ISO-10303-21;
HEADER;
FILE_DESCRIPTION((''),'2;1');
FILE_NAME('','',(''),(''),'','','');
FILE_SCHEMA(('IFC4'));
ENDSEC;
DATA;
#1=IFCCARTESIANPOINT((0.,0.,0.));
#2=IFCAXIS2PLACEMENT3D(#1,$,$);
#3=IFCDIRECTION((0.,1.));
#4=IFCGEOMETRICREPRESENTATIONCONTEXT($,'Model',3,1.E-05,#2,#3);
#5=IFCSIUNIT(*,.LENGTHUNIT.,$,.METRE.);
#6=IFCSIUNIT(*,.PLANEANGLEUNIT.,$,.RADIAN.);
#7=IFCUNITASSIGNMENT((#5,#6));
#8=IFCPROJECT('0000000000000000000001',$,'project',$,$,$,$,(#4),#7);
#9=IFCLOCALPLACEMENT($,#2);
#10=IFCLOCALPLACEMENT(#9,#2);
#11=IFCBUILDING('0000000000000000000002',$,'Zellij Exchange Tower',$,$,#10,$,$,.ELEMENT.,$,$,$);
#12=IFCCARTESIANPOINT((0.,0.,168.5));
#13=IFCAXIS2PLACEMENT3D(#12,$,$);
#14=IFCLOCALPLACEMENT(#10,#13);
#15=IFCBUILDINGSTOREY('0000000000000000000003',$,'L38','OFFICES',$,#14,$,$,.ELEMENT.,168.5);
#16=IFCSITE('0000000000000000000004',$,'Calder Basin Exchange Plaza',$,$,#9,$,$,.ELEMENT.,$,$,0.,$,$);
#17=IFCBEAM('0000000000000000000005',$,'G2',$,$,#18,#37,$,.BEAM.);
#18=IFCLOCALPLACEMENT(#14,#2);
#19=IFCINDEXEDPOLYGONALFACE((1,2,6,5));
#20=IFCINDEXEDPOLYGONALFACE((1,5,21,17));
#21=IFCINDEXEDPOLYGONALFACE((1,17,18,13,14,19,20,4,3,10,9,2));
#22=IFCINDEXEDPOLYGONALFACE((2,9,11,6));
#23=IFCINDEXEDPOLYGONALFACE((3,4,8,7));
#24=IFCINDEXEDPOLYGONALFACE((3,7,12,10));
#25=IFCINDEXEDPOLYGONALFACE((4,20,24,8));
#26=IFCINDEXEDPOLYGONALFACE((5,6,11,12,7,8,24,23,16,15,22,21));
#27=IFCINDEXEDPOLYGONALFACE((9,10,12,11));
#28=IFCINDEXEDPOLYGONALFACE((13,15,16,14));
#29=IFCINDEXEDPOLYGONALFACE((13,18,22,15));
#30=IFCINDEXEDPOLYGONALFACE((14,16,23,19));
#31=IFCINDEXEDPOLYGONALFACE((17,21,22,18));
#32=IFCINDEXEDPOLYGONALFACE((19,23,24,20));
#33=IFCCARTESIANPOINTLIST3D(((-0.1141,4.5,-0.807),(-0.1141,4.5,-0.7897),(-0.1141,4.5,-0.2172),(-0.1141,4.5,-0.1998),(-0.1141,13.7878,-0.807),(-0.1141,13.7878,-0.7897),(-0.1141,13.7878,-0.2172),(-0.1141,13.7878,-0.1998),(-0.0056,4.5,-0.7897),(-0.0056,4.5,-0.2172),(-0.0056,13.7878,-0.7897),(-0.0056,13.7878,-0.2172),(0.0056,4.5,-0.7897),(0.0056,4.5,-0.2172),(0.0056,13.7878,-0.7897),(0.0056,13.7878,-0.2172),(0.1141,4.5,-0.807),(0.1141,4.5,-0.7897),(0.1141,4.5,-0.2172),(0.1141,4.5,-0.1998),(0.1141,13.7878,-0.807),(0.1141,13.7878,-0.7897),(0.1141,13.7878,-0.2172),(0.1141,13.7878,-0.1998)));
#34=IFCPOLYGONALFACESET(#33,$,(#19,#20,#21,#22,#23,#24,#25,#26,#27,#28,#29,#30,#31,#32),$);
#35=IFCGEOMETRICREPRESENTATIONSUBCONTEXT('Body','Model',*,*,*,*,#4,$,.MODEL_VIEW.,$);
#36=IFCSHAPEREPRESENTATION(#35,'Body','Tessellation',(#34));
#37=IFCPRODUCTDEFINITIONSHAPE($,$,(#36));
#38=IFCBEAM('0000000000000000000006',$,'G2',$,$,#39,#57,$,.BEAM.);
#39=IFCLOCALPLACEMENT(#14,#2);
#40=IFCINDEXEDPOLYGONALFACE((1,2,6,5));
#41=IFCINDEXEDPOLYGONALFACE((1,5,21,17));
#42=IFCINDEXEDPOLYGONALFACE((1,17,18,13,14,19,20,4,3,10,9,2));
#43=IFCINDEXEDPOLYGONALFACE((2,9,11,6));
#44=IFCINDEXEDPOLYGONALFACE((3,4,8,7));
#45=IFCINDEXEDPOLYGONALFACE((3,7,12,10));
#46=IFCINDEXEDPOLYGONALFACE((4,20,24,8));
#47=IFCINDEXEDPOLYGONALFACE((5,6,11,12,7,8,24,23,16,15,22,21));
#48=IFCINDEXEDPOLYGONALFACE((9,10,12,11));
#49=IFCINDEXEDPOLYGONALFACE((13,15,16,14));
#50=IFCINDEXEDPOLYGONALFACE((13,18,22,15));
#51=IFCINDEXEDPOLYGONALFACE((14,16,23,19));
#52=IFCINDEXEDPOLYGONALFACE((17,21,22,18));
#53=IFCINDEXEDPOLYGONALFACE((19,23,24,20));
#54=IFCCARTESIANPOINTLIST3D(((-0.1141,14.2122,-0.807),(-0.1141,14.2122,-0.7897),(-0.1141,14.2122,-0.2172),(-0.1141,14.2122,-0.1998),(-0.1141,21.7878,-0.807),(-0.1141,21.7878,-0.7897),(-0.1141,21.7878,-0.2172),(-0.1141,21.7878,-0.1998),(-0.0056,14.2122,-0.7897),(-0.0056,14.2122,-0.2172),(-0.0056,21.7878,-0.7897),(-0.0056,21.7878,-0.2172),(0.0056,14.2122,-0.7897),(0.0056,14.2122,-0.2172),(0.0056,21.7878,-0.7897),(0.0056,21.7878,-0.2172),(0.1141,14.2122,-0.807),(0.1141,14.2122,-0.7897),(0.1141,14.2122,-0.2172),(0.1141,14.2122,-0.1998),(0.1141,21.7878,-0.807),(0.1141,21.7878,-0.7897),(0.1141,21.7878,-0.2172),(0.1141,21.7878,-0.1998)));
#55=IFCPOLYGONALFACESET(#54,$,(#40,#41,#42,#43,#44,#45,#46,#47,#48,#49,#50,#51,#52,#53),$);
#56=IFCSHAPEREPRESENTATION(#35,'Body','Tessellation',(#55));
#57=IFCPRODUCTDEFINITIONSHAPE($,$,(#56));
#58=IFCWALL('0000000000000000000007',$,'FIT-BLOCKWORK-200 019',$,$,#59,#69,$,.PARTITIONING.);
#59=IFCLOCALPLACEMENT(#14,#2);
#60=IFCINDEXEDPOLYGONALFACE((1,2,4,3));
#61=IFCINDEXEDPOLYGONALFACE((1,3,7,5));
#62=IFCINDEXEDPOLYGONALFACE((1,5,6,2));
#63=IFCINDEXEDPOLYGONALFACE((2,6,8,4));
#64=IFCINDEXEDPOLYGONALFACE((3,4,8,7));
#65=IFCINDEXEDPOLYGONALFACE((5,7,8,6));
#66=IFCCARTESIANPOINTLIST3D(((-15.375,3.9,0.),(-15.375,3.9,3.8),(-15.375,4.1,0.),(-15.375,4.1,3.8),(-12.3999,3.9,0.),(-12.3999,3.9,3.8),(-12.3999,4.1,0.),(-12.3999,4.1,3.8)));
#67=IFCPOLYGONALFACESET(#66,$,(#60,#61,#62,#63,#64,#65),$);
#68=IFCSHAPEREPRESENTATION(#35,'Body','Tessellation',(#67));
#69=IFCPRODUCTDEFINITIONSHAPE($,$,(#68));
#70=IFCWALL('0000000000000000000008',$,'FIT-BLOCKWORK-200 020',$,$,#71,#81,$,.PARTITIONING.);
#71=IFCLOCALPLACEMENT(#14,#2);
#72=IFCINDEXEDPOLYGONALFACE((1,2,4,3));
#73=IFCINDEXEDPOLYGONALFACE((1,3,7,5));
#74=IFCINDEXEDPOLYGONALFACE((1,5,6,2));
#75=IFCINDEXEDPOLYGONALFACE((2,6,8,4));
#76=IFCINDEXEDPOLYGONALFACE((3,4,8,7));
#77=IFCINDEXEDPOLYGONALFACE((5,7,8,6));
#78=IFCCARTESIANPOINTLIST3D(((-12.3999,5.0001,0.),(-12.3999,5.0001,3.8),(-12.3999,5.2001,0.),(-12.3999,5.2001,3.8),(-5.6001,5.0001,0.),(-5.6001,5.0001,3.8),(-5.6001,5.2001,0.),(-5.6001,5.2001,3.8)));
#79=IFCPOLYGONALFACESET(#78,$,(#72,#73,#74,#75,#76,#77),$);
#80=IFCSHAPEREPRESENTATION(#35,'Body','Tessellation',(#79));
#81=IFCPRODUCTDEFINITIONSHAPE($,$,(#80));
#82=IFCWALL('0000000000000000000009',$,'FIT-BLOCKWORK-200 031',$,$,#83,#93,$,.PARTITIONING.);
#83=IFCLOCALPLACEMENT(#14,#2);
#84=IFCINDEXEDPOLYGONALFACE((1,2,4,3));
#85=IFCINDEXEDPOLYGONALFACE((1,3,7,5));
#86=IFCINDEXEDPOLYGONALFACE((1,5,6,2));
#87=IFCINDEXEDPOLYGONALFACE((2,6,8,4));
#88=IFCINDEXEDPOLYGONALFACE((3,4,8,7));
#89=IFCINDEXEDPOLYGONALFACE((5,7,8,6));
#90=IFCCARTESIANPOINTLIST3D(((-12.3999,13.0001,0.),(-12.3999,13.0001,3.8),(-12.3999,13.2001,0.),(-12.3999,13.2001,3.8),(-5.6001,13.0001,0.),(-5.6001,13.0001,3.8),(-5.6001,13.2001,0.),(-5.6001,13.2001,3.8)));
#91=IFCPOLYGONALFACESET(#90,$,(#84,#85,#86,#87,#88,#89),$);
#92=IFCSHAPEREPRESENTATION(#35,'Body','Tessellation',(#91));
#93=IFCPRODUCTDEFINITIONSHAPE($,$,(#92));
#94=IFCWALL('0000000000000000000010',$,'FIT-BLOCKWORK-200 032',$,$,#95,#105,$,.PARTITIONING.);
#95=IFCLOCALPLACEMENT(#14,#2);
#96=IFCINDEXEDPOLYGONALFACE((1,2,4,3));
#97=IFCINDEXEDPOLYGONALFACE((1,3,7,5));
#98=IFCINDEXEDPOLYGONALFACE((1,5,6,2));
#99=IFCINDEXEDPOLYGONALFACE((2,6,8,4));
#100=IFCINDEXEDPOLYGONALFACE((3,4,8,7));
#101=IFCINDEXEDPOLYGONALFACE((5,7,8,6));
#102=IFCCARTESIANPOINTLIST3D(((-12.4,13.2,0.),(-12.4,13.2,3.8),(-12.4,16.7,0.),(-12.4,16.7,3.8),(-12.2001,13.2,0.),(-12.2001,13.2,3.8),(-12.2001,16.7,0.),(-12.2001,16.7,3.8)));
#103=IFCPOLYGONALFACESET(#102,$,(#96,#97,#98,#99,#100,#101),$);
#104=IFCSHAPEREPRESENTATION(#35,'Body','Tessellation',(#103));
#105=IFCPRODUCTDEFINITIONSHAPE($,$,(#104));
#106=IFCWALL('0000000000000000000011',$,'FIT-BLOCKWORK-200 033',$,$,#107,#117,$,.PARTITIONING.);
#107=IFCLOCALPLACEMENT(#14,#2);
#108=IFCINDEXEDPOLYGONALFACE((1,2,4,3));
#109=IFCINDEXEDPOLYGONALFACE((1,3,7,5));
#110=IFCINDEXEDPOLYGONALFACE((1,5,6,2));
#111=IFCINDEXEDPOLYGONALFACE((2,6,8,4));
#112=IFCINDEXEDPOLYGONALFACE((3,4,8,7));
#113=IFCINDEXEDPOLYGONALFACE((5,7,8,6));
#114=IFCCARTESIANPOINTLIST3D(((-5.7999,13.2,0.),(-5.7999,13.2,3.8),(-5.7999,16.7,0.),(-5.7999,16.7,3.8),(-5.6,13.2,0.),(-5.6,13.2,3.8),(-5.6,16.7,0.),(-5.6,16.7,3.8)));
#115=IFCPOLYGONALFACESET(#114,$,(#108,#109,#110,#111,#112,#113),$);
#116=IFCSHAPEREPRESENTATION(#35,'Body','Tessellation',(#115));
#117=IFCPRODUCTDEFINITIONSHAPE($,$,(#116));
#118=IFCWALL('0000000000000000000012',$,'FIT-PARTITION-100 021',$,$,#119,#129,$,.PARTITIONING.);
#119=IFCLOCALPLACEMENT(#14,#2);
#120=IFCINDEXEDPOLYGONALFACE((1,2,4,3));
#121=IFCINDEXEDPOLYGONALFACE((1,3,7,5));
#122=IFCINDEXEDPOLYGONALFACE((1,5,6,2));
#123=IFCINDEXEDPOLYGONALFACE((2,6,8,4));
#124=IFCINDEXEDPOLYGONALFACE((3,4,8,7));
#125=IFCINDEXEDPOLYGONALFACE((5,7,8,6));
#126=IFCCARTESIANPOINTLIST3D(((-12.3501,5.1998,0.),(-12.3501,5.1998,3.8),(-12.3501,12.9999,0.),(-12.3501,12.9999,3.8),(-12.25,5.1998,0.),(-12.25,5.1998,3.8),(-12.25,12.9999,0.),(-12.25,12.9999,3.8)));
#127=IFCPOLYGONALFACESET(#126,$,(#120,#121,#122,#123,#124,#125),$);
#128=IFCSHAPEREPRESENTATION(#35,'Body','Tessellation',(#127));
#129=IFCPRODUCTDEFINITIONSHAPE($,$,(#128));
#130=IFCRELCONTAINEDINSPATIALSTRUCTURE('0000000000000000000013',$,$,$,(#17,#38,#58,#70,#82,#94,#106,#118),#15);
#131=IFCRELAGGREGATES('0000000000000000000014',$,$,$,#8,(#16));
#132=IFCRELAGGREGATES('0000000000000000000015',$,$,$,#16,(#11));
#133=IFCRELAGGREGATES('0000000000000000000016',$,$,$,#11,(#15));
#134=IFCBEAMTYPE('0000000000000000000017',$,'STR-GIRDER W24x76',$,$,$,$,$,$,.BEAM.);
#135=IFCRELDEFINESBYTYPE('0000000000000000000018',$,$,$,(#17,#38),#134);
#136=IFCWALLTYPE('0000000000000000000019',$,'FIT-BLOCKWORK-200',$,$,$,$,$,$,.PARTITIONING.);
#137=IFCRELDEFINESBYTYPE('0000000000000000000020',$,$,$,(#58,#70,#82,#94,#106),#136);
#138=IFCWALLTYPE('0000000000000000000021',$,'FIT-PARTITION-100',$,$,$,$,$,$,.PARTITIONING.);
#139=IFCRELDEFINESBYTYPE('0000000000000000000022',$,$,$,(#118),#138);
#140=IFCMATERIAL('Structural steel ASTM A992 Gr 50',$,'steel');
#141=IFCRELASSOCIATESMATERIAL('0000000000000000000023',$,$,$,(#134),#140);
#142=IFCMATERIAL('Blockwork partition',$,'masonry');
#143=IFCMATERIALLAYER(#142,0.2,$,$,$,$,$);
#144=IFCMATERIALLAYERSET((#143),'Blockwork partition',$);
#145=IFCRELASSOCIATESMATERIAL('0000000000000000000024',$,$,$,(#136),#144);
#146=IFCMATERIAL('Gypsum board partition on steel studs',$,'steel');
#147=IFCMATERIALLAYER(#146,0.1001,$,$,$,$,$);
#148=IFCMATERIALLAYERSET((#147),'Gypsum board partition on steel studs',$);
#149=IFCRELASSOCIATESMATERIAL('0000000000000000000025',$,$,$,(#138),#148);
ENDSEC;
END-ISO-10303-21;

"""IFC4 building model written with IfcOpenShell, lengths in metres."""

from ifc_helpers import new_model, si_unit, direction, frame, frame_2d, origin, origin_2d, place, context, subcontext, project, spatial, rectangle, i_section, extrude, material, layer, layer_set, material_profile, profile_set, type_object, element, save


model = new_model("IFC4")

# Units and contexts
model_context = context("Model", 3, precision=1e-05, world=origin(), true_north=direction((0.0, 1.0)))
body_context = subcontext(model_context, "Body", "Model", "MODEL_VIEW")
ifc_project = project(units=[si_unit("LENGTHUNIT", "METRE"), si_unit("PLANEANGLEUNIT", "RADIAN")], contexts=[model_context])

# Site, building, storey
site_placement = place(None, origin())
site = spatial("IfcSite", under=ifc_project, at=site_placement, Name="Calder Basin Exchange Plaza", CompositionType="ELEMENT", RefElevation=0.0)
building_placement = place(site_placement, origin())
building = spatial("IfcBuilding", under=site, at=building_placement, Name="Zellij Exchange Tower", CompositionType="ELEMENT")
storey_placement = place(building_placement, frame((0.0, 0.0, 168.5)))
storey = spatial("IfcBuildingStorey", under=building, at=storey_placement, Name="L38", Description="OFFICES", CompositionType="ELEMENT", Elevation=168.5)

# Beams
ifc_material_1 = material(Name="Structural steel ASTM A992 Gr 50", Category="steel")
ifc_material_profile_1 = material_profile(ifc_material_1, i_section(OverallWidth=0.2283, OverallDepth=0.6072, WebThickness=0.0112, FlangeThickness=0.0173, at=origin_2d()), Name="W24x76")
ifc_profile_set_1 = profile_set([ifc_material_profile_1], Name="Structural steel ASTM A992 Gr 50")
beam_type = type_object("IfcBeamType", Name="STR-GIRDER W24x76", PredefinedType="BEAM", material=ifc_profile_set_1)
beam_1_placement = place(storey_placement, frame((0.0, 4.5, -0.5034), z_axis=(0.0, 1.0, 0.0), x_axis=(-1.0, 0.0, 0.0)))
element("IfcBeam", 1, at=beam_1_placement, inside=storey, type_object=beam_type, Name="G2", PredefinedType="BEAM", context=body_context, shape_type="SweptSolid", body=[
    extrude(i_section(OverallWidth=0.2283, OverallDepth=0.6072, WebThickness=0.0112, FlangeThickness=0.0173, at=origin_2d()), origin(), (0.0, 0.0, 1.0), 9.2878),
])
beam_2_placement = place(storey_placement, frame((0.0, 14.2122, -0.5034), z_axis=(0.0, 1.0, 0.0), x_axis=(-1.0, 0.0, 0.0)))
element("IfcBeam", 2, at=beam_2_placement, inside=storey, type_object=beam_type, Name="G2", PredefinedType="BEAM", context=body_context, shape_type="SweptSolid", body=[
    extrude(i_section(OverallWidth=0.2283, OverallDepth=0.6072, WebThickness=0.0112, FlangeThickness=0.0173, at=origin_2d()), origin(), (0.0, 0.0, 1.0), 7.5757),
])

# Walls
ifc_material_2 = material(Name="Blockwork partition", Category="masonry")
ifc_layer_1 = layer(ifc_material_2, 0.2)
ifc_layer_set_1 = layer_set([ifc_layer_1], Name="Blockwork partition")
wall_type_1 = type_object("IfcWallType", Name="FIT-BLOCKWORK-200", PredefinedType="PARTITIONING", material=ifc_layer_set_1)
wall_1_placement = place(storey_placement, frame((-15.375, 4.0, 0.0), z_axis=(0.0, 0.0, 1.0), x_axis=(1.0, 0.0, 0.0)))
element("IfcWall", 3, at=wall_1_placement, inside=storey, type_object=wall_type_1, Name="FIT-BLOCKWORK-200 019", PredefinedType="PARTITIONING", context=body_context, shape_type="SweptSolid", body=[
    extrude(rectangle(XDim=2.9751, YDim=0.2, at=frame_2d((1.4875, 0.0))), origin(), (0.0, 0.0, 1.0), 3.8),
])
for number, where, z_axis, x_axis, name in (
    (4, (-12.3999, 5.1001, 0.0), (0.0, 0.0, 1.0), (1.0, 0.0, 0.0), "FIT-BLOCKWORK-200 020"),
    (5, (-12.3999, 13.1001, 0.0), (0.0, 0.0, 1.0), (1.0, 0.0, 0.0), "FIT-BLOCKWORK-200 031"),
):
    element("IfcWall", number, at=place(storey_placement, frame(where, z_axis=z_axis, x_axis=x_axis)), inside=storey, type_object=wall_type_1, Name=name, PredefinedType="PARTITIONING", context=body_context, shape_type="SweptSolid", body=[
        extrude(rectangle(XDim=6.7998, YDim=0.2, at=frame_2d((3.3999, 0.0))), origin(), (0.0, 0.0, 1.0), 3.8),
    ])
for number, where, z_axis, x_axis, name in (
    (6, (-12.3, 13.2, 0.0), (0.0, 0.0, 1.0), (0.0, 1.0, 0.0), "FIT-BLOCKWORK-200 032"),
    (7, (-5.7, 13.2, 0.0), (0.0, 0.0, 1.0), (0.0, 1.0, 0.0), "FIT-BLOCKWORK-200 033"),
):
    element("IfcWall", number, at=place(storey_placement, frame(where, z_axis=z_axis, x_axis=x_axis)), inside=storey, type_object=wall_type_1, Name=name, PredefinedType="PARTITIONING", context=body_context, shape_type="SweptSolid", body=[
        extrude(rectangle(XDim=3.5, YDim=0.2, at=frame_2d((1.75, 0.0))), origin(), (0.0, 0.0, 1.0), 3.8),
    ])
ifc_material_3 = material(Name="Gypsum board partition on steel studs", Category="steel")
ifc_layer_2 = layer(ifc_material_3, 0.1001)
ifc_layer_set_2 = layer_set([ifc_layer_2], Name="Gypsum board partition on steel studs")
wall_type_2 = type_object("IfcWallType", Name="FIT-PARTITION-100", PredefinedType="PARTITIONING", material=ifc_layer_set_2)
wall_2_placement = place(storey_placement, frame((-12.3, 5.2, 0.0), z_axis=(0.0, 0.0, 1.0), x_axis=(0.0, 1.0, 0.0)))
element("IfcWall", 8, at=wall_2_placement, inside=storey, type_object=wall_type_2, Name="FIT-PARTITION-100 021", PredefinedType="PARTITIONING", context=body_context, shape_type="SweptSolid", body=[
    extrude(rectangle(XDim=7.8, YDim=0.1001, at=frame_2d((3.8999, 0.0))), origin(), (0.0, 0.0, 1.0), 3.8),
])

save(model, "model.ifc")
